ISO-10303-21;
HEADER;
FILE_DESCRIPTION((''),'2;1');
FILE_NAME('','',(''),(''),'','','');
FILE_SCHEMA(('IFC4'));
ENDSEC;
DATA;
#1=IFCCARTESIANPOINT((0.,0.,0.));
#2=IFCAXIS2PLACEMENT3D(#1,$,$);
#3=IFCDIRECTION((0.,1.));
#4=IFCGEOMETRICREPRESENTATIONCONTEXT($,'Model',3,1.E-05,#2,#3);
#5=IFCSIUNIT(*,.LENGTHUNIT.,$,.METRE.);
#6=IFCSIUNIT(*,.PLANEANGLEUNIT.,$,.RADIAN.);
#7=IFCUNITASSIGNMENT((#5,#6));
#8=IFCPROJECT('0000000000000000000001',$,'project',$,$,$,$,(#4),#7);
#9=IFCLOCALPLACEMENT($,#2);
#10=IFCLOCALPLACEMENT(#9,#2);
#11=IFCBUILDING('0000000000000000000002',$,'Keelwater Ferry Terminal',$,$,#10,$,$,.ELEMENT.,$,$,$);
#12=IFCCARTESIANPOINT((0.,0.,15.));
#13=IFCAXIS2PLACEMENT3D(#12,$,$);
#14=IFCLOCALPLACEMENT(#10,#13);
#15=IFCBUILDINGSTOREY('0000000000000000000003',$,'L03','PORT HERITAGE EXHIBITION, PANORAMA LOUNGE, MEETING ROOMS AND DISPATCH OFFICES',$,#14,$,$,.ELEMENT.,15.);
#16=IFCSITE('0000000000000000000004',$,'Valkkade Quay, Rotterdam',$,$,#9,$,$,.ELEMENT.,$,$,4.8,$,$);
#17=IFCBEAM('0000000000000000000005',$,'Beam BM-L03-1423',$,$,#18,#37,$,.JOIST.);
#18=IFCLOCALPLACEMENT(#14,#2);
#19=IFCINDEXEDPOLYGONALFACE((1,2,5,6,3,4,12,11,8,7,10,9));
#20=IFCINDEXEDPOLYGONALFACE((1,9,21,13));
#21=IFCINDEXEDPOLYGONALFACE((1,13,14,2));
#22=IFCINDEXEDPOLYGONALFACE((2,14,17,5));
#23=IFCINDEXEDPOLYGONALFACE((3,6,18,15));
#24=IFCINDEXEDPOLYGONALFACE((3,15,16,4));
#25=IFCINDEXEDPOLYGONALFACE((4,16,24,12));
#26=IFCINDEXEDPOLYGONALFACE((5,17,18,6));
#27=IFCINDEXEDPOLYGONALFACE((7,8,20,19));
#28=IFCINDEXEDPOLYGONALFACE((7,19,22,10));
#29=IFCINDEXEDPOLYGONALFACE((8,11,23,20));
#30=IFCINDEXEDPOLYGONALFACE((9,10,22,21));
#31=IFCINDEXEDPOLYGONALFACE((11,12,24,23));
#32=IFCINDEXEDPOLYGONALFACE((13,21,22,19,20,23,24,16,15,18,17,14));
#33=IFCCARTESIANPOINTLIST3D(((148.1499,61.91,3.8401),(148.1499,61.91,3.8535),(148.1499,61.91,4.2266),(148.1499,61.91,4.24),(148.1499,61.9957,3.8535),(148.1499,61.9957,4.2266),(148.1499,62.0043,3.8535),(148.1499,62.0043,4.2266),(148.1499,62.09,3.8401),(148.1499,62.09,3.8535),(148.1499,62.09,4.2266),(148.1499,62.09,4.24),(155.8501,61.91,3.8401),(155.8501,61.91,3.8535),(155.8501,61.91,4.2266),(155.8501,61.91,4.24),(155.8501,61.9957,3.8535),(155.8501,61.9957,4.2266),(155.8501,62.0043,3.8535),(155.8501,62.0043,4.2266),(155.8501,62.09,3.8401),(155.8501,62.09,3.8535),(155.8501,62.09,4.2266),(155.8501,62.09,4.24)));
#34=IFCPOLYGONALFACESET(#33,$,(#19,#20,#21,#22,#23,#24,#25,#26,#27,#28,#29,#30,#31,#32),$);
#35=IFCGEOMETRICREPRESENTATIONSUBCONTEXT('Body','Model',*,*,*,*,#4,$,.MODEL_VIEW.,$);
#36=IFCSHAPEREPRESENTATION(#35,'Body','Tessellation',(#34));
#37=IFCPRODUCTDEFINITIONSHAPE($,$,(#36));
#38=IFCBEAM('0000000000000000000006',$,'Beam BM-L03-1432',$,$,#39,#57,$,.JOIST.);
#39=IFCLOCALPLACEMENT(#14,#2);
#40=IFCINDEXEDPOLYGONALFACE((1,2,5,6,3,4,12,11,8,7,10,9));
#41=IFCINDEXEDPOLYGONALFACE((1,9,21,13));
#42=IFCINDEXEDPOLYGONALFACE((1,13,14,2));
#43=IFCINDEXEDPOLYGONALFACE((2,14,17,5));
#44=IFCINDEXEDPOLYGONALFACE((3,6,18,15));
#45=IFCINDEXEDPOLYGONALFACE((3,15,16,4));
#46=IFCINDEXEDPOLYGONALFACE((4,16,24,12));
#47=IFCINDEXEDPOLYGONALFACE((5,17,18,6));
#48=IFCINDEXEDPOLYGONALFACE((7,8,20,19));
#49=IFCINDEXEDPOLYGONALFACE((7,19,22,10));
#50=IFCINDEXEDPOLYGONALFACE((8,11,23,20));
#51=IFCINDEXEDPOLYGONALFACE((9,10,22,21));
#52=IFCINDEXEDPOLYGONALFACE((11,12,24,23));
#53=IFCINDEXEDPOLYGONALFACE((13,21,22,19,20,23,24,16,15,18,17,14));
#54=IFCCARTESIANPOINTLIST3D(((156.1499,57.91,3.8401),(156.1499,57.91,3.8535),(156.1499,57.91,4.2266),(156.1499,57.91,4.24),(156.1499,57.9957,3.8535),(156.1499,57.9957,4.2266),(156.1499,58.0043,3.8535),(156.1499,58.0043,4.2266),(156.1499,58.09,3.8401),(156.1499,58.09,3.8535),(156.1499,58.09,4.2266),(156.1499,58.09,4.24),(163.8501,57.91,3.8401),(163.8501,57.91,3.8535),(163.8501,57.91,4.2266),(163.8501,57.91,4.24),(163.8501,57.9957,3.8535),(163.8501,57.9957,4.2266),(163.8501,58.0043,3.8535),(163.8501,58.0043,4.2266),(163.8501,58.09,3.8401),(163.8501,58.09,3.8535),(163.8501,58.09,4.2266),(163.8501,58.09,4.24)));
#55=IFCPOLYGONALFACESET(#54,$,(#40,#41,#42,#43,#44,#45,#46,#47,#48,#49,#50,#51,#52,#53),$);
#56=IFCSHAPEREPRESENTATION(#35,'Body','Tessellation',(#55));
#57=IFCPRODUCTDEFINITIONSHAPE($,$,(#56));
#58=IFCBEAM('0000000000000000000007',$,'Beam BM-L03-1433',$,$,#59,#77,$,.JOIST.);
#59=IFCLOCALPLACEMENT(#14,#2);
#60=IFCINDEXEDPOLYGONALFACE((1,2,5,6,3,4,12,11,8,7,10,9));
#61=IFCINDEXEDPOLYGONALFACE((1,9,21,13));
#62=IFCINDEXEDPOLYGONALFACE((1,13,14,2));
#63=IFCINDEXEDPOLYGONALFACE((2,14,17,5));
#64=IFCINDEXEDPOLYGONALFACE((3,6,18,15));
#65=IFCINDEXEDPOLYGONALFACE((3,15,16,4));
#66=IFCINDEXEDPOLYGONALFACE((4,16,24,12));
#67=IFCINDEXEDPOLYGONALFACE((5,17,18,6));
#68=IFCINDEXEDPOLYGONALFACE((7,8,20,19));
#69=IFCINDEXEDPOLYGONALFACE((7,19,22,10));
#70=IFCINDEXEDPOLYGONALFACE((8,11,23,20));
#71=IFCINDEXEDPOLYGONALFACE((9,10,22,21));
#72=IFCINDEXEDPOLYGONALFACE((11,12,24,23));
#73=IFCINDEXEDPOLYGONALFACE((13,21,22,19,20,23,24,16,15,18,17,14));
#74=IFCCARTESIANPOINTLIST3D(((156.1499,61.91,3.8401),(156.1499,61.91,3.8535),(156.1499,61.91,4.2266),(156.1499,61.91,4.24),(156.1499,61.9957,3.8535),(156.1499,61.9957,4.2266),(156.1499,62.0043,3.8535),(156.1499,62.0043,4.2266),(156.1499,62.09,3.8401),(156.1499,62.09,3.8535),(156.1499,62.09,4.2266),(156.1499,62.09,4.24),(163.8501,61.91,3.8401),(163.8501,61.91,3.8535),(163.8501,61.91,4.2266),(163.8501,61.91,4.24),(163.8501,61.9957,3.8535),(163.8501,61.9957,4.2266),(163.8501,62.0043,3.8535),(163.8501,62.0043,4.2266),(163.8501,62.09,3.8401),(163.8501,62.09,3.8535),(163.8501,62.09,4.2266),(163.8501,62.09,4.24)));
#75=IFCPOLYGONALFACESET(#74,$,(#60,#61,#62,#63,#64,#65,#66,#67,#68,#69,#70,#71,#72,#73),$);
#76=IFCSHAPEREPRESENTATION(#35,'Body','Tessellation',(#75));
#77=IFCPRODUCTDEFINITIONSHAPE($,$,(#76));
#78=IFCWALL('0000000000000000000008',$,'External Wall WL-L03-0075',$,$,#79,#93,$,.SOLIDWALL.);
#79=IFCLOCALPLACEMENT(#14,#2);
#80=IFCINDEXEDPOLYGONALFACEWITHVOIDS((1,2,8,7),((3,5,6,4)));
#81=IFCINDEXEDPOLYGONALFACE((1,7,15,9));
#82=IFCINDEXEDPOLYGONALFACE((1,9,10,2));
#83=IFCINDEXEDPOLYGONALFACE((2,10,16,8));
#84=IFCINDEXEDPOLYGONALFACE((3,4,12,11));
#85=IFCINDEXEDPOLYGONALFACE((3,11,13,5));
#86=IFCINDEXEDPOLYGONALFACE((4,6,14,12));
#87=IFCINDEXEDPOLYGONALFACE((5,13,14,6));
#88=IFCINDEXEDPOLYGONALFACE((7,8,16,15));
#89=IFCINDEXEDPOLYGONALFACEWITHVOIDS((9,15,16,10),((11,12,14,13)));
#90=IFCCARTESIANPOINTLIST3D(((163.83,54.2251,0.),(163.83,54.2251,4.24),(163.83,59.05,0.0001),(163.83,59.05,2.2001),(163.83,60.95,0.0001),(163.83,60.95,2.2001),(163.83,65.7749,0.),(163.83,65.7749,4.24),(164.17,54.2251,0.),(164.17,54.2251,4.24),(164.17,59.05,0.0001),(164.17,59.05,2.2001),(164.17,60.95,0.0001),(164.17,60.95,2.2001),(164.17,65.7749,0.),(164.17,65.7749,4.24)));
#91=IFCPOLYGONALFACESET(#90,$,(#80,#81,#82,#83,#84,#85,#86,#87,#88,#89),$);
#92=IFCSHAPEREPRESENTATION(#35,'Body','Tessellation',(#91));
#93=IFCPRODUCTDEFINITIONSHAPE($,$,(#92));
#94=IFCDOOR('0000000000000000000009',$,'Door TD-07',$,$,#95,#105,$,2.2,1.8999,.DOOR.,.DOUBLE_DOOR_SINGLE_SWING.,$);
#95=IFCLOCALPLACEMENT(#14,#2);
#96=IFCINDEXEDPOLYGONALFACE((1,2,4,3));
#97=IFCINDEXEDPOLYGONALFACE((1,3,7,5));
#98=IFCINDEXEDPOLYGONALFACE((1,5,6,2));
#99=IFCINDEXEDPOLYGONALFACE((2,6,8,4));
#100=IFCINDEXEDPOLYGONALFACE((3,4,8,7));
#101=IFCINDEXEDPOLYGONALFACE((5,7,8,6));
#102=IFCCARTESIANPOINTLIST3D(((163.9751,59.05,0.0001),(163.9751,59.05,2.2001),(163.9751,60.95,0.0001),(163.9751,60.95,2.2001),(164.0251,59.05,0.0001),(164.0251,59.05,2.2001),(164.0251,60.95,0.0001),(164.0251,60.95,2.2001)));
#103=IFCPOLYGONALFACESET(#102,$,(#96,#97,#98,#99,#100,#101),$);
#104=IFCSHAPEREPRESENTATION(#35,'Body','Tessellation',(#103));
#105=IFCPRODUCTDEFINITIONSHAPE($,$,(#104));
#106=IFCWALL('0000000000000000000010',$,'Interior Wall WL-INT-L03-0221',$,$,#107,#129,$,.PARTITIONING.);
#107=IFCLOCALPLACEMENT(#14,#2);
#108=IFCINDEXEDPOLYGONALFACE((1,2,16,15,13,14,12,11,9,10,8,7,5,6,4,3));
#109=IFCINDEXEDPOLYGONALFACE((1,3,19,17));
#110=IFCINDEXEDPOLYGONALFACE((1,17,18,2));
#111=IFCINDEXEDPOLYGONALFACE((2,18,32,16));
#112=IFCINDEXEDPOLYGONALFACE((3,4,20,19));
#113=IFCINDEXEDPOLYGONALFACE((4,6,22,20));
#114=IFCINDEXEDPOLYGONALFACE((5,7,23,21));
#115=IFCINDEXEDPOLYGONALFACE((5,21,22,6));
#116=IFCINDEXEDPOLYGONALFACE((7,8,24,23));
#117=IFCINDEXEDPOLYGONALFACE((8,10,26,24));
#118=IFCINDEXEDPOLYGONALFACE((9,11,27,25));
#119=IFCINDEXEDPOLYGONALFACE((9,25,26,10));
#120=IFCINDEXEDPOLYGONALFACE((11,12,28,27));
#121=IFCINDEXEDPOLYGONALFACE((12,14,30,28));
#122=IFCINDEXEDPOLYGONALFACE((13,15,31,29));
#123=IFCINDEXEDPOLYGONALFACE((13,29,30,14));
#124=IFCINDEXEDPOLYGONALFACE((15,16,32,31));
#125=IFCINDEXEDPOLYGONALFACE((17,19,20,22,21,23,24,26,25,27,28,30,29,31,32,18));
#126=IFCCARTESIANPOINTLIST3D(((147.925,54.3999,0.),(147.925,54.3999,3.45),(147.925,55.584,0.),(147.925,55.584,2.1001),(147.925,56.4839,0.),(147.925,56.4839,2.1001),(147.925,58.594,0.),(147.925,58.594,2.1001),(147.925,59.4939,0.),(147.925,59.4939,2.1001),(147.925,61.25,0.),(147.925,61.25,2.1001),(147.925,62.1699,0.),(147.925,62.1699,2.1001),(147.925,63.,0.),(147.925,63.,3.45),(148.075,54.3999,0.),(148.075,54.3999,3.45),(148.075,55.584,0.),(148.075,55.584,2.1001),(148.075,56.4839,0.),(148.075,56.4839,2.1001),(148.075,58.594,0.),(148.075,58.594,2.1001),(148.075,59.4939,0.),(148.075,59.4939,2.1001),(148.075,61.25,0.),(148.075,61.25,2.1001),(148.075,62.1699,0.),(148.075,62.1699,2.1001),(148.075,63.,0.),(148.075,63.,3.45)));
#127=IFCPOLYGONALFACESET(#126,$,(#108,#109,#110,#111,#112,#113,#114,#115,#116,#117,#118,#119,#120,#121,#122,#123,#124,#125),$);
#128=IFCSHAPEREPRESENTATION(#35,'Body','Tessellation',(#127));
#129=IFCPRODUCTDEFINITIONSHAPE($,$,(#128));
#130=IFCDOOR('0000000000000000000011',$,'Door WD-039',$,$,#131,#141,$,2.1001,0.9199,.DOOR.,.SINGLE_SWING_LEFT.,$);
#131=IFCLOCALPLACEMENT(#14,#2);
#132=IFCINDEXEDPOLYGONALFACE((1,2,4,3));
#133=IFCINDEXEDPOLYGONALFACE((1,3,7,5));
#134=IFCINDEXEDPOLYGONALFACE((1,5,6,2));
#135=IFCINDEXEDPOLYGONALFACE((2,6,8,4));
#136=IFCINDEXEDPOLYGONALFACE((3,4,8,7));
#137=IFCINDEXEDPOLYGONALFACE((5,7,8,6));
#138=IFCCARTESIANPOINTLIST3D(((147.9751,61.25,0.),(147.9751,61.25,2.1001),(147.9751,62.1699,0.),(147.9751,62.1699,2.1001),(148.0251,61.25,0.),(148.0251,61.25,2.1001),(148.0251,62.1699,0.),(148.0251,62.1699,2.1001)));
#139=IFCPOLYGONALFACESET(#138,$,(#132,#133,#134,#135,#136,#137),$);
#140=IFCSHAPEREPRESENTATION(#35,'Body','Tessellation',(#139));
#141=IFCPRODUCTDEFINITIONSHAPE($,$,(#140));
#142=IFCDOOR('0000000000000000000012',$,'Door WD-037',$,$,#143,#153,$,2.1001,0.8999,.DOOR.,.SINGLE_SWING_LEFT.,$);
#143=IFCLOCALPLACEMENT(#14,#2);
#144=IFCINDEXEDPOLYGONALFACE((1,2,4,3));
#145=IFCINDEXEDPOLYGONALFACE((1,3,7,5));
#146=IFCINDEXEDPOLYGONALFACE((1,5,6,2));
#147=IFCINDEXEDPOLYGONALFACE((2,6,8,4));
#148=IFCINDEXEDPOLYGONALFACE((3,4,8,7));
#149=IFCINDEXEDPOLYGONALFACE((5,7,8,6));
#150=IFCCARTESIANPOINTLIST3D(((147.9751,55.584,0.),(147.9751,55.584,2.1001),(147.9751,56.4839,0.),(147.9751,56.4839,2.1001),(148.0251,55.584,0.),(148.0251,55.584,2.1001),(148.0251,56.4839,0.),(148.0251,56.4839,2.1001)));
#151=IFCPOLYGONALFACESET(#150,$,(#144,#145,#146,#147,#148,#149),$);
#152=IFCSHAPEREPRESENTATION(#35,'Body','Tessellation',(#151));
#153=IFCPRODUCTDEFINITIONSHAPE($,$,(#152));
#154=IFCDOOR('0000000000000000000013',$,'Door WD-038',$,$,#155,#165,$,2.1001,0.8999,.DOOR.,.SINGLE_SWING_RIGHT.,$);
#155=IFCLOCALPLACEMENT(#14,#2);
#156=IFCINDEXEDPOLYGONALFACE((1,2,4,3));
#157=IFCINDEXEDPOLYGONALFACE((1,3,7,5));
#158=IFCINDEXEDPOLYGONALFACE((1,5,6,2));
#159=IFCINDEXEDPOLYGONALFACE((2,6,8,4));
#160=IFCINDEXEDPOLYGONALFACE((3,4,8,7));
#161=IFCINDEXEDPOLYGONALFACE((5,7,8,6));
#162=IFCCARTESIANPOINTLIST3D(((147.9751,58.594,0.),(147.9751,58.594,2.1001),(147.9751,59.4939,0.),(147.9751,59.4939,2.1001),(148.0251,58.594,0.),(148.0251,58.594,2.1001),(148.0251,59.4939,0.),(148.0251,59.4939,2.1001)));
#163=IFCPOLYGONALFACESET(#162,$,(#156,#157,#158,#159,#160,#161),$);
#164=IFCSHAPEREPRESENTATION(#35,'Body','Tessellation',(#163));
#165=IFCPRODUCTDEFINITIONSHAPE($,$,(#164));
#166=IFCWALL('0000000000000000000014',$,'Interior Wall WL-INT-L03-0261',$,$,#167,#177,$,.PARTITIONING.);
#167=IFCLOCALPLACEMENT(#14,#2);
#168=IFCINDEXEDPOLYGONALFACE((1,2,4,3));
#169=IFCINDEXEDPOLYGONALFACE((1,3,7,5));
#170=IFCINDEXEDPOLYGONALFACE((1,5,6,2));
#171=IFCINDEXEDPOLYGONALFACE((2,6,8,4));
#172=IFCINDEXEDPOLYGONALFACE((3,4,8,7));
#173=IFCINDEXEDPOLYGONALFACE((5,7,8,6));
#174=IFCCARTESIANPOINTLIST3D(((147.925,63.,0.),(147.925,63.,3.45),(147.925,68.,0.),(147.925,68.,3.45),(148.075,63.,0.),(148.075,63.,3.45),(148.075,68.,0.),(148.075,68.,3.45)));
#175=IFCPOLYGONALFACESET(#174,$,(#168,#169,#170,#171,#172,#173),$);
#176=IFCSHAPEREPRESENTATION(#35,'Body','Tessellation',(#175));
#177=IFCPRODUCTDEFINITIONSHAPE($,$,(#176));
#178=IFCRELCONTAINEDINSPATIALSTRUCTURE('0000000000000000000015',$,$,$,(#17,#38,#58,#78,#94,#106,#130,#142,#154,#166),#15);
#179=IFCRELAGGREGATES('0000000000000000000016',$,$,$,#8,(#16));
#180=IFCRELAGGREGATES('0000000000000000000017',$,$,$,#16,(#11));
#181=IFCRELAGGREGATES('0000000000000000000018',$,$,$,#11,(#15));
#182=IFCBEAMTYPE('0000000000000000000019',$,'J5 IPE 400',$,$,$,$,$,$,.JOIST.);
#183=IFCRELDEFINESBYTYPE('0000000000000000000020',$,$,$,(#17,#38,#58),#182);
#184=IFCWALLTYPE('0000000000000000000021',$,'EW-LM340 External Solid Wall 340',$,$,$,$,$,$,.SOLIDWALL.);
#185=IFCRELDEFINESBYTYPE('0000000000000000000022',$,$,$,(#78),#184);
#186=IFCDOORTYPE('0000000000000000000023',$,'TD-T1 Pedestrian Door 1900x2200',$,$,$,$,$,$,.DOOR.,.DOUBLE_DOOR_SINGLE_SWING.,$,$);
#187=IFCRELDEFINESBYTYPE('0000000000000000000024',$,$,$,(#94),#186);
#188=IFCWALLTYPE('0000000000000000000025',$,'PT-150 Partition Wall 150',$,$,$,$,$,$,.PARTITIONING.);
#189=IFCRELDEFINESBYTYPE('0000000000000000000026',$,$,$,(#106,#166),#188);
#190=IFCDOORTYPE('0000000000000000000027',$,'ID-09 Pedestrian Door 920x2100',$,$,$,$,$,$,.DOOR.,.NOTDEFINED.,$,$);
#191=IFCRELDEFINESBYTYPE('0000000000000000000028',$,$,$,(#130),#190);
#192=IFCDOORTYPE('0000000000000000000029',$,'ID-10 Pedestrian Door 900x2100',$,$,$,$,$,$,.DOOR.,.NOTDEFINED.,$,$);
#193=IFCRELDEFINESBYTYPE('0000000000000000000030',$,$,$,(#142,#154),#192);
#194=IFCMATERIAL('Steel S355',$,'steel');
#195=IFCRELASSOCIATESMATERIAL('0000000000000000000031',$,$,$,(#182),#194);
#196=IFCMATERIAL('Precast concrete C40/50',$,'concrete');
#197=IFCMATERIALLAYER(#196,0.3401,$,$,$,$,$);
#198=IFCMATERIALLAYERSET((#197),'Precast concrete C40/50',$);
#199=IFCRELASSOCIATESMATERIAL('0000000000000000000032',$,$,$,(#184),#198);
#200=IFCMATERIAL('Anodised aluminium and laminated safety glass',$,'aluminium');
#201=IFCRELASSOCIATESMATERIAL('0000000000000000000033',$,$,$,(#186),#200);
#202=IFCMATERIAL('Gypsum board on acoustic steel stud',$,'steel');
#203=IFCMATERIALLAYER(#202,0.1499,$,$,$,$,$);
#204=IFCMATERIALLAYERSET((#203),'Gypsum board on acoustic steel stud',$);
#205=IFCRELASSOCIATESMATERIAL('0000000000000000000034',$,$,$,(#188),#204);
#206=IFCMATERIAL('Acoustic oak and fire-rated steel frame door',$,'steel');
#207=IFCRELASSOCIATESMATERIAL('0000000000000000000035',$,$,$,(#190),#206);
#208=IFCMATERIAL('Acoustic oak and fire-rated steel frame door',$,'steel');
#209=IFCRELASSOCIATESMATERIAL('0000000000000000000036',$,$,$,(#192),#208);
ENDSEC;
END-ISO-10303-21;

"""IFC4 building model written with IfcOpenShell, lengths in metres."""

from ifc_helpers import new_model, si_unit, direction, frame, frame_2d, origin, origin_2d, place, context, subcontext, project, spatial, rectangle, i_section, extrude, material, layer, layer_set, material_profile, profile_set, type_object, element, fill, save


model = new_model("IFC4")

# Units and contexts
model_context = context("Model", 3, precision=1e-05, world=origin(), true_north=direction((0.0, 1.0)))
body_context = subcontext(model_context, "Body", "Model", "MODEL_VIEW")
ifc_project = project(units=[si_unit("LENGTHUNIT", "METRE"), si_unit("PLANEANGLEUNIT", "RADIAN")], contexts=[model_context])

# Site, building, storey
site_placement = place(None, origin())
site = spatial("IfcSite", under=ifc_project, at=site_placement, Name="Valkkade Quay, Rotterdam", CompositionType="ELEMENT", RefElevation=4.8)
building_placement = place(site_placement, origin())
building = spatial("IfcBuilding", under=site, at=building_placement, Name="Keelwater Ferry Terminal", CompositionType="ELEMENT")
storey_placement = place(building_placement, frame((0.0, 0.0, 15.0)))
storey = spatial("IfcBuildingStorey", under=building, at=storey_placement, Name="L03", Description="PORT HERITAGE EXHIBITION, PANORAMA LOUNGE, MEETING ROOMS AND DISPATCH OFFICES", CompositionType="ELEMENT", Elevation=15.0)

# Beams
ifc_material_1 = material(Name="Steel S355", Category="steel")
ifc_material_profile_1 = material_profile(ifc_material_1, i_section(OverallWidth=0.1799, OverallDepth=0.3999, WebThickness=0.0085, FlangeThickness=0.0134, at=origin_2d()), Name="IPE 400")
ifc_profile_set_1 = profile_set([ifc_material_profile_1], Name="Steel S355")
beam_type_1 = type_object("IfcBeamType", Name="J5 IPE 400", PredefinedType="JOIST", material=ifc_profile_set_1)
for number, where, z_axis, x_axis, name in (
    (1, (148.1499, 62.0, 4.04), (1.0, 0.0, 0.0), (0.0, 1.0, 0.0), "Beam BM-L03-1423"),
    (2, (156.1499, 58.0, 4.04), (1.0, 0.0, 0.0), (0.0, 1.0, 0.0), "Beam BM-L03-1432"),
    (3, (156.1499, 62.0, 4.04), (1.0, 0.0, 0.0), (0.0, 1.0, 0.0), "Beam BM-L03-1433"),
):
    element("IfcBeam", number, at=place(storey_placement, frame(where, z_axis=z_axis, x_axis=x_axis)), inside=storey, type_object=beam_type_1, Name=name, PredefinedType="JOIST", context=body_context, shape_type="SweptSolid", body=[
        extrude(i_section(OverallWidth=0.1799, OverallDepth=0.3999, WebThickness=0.0085, FlangeThickness=0.0134, at=origin_2d()), origin(), (0.0, 0.0, 1.0), 7.7002),
    ])

# Wall, opening, door
ifc_material_2 = material(Name="Precast concrete C40/50", Category="concrete")
ifc_layer_1 = layer(ifc_material_2, 0.3401)
ifc_layer_set_1 = layer_set([ifc_layer_1], Name="Precast concrete C40/50")
wall_type_1 = type_object("IfcWallType", Name="EW-LM340 External Solid Wall 340", PredefinedType="SOLIDWALL", material=ifc_layer_set_1)
wall_1_placement = place(storey_placement, frame((164.0, 54.2251, 0.0), z_axis=(0.0, 0.0, 1.0), x_axis=(0.0, 1.0, 0.0)))
wall_1 = element("IfcWall", 4, at=wall_1_placement, inside=storey, type_object=wall_type_1, Name="External Wall WL-L03-0075", PredefinedType="SOLIDWALL", context=body_context, shape_type="SweptSolid", body=[
    extrude(rectangle(XDim=11.5498, YDim=0.3401, at=frame_2d((5.7749, 0.0))), origin(), (0.0, 0.0, 1.0), 4.24),
])
opening_1_placement = place(wall_1_placement, frame((4.825, 0.0, 0.0)))
opening_1 = element("IfcOpeningElement", 5, at=opening_1_placement, cuts=wall_1, PredefinedType="OPENING", context=body_context, shape_type="SweptSolid", body=[
    extrude(rectangle(XDim=1.8999, YDim=2.2, at=frame_2d((0.95, 1.1001))), frame((0.0, 0.1799, 0.0), z_axis=(0.0, -1.0, 0.0), x_axis=(1.0, 0.0, 0.0)), (0.0, 0.0, 1.0), 0.3601),
])
ifc_material_3 = material(Name="Anodised aluminium and laminated safety glass", Category="aluminium")
door_type_1 = type_object("IfcDoorType", Name="TD-T1 Pedestrian Door 1900x2200", OperationType="DOUBLE_DOOR_SINGLE_SWING", PredefinedType="DOOR", material=ifc_material_3)
door_1_placement = place(opening_1_placement, origin())
door_1 = element("IfcDoor", 6, at=door_1_placement, inside=storey, type_object=door_type_1, Name="Door TD-07", OperationType="DOUBLE_DOOR_SINGLE_SWING", OverallHeight=2.2, OverallWidth=1.8999, PredefinedType="DOOR", context=body_context, shape_type="SweptSolid", body=[
    extrude(rectangle(XDim=1.8999, YDim=2.2, at=frame_2d((0.95, 1.1001))), frame((0.0, 0.0249, 0.0), z_axis=(0.0, -1.0, 0.0), x_axis=(1.0, 0.0, 0.0)), (0.0, 0.0, 1.0), 0.05),
])
fill(opening_1, door_1)

# Wall, openings, doors
ifc_material_4 = material(Name="Gypsum board on acoustic steel stud", Category="steel")
ifc_layer_2 = layer(ifc_material_4, 0.1499)
ifc_layer_set_2 = layer_set([ifc_layer_2], Name="Gypsum board on acoustic steel stud")
wall_type_2 = type_object("IfcWallType", Name="PT-150 Partition Wall 150", PredefinedType="PARTITIONING", material=ifc_layer_set_2)
wall_2_placement = place(storey_placement, frame((148.0, 54.3999, 0.0), z_axis=(0.0, 0.0, 1.0), x_axis=(0.0, 1.0, 0.0)))
wall_2 = element("IfcWall", 7, at=wall_2_placement, inside=storey, type_object=wall_type_2, Name="Interior Wall WL-INT-L03-0221", PredefinedType="PARTITIONING", context=body_context, shape_type="SweptSolid", body=[
    extrude(rectangle(XDim=8.6001, YDim=0.1499, at=frame_2d((4.3, 0.0))), origin(), (0.0, 0.0, 1.0), 3.45),
])
opening_2_placement = place(wall_2_placement, frame((1.1841, 0.0, 0.0)))
opening_2 = element("IfcOpeningElement", 8, at=opening_2_placement, cuts=wall_2, PredefinedType="OPENING", context=body_context, shape_type="SweptSolid", body=[
    extrude(rectangle(XDim=0.8999, YDim=2.1001, at=frame_2d((0.45, 1.05))), frame((0.0, 0.085, 0.0), z_axis=(0.0, -1.0, 0.0), x_axis=(1.0, 0.0, 0.0)), (0.0, 0.0, 1.0), 0.1699),
])
opening_3_placement = place(wall_2_placement, frame((4.1941, 0.0, 0.0)))
opening_3 = element("IfcOpeningElement", 9, at=opening_3_placement, cuts=wall_2, PredefinedType="OPENING", context=body_context, shape_type="SweptSolid", body=[
    extrude(rectangle(XDim=0.8999, YDim=2.1001, at=frame_2d((0.45, 1.05))), frame((0.0, 0.085, 0.0), z_axis=(0.0, -1.0, 0.0), x_axis=(1.0, 0.0, 0.0)), (0.0, 0.0, 1.0), 0.1699),
])
opening_4_placement = place(wall_2_placement, frame((6.8501, 0.0, 0.0)))
opening_4 = element("IfcOpeningElement", 10, at=opening_4_placement, cuts=wall_2, PredefinedType="OPENING", context=body_context, shape_type="SweptSolid", body=[
    extrude(rectangle(XDim=0.9199, YDim=2.1001, at=frame_2d((0.46, 1.05))), frame((0.0, 0.085, 0.0), z_axis=(0.0, -1.0, 0.0), x_axis=(1.0, 0.0, 0.0)), (0.0, 0.0, 1.0), 0.1699),
])
ifc_material_5 = material(Name="Acoustic oak and fire-rated steel frame door", Category="steel")
door_type_2 = type_object("IfcDoorType", Name="ID-09 Pedestrian Door 920x2100", OperationType="NOTDEFINED", PredefinedType="DOOR", material=ifc_material_5)
door_2_placement = place(opening_4_placement, origin())
door_2 = element("IfcDoor", 11, at=door_2_placement, inside=storey, type_object=door_type_2, Name="Door WD-039", OperationType="SINGLE_SWING_LEFT", OverallHeight=2.1001, OverallWidth=0.9199, PredefinedType="DOOR", context=body_context, shape_type="SweptSolid", body=[
    extrude(rectangle(XDim=0.9199, YDim=2.1001, at=frame_2d((0.46, 1.05))), frame((0.0, 0.0249, 0.0), z_axis=(0.0, -1.0, 0.0), x_axis=(1.0, 0.0, 0.0)), (0.0, 0.0, 1.0), 0.05),
])
fill(opening_4, door_2)
ifc_material_6 = material(Name="Acoustic oak and fire-rated steel frame door", Category="steel")
door_type_3 = type_object("IfcDoorType", Name="ID-10 Pedestrian Door 900x2100", OperationType="NOTDEFINED", PredefinedType="DOOR", material=ifc_material_6)
door_3_placement = place(opening_2_placement, origin())
door_3 = element("IfcDoor", 12, at=door_3_placement, inside=storey, type_object=door_type_3, Name="Door WD-037", OperationType="SINGLE_SWING_LEFT", OverallHeight=2.1001, OverallWidth=0.8999, PredefinedType="DOOR", context=body_context, shape_type="SweptSolid", body=[
    extrude(rectangle(XDim=0.8999, YDim=2.1001, at=frame_2d((0.45, 1.05))), frame((0.0, 0.0249, 0.0), z_axis=(0.0, -1.0, 0.0), x_axis=(1.0, 0.0, 0.0)), (0.0, 0.0, 1.0), 0.05),
])
fill(opening_2, door_3)
door_4_placement = place(opening_3_placement, origin())
door_4 = element("IfcDoor", 13, at=door_4_placement, inside=storey, type_object=door_type_3, Name="Door WD-038", OperationType="SINGLE_SWING_RIGHT", OverallHeight=2.1001, OverallWidth=0.8999, PredefinedType="DOOR", context=body_context, shape_type="SweptSolid", body=[
    extrude(rectangle(XDim=0.8999, YDim=2.1001, at=frame_2d((0.45, 1.05))), frame((0.0, 0.0249, 0.0), z_axis=(0.0, -1.0, 0.0), x_axis=(1.0, 0.0, 0.0)), (0.0, 0.0, 1.0), 0.05),
])
fill(opening_3, door_4)

# Wall
wall_3_placement = place(storey_placement, frame((148.0, 63.0, 0.0), z_axis=(0.0, 0.0, 1.0), x_axis=(0.0, 1.0, 0.0)))
element("IfcWall", 14, at=wall_3_placement, inside=storey, type_object=wall_type_2, Name="Interior Wall WL-INT-L03-0261", PredefinedType="PARTITIONING", context=body_context, shape_type="SweptSolid", body=[
    extrude(rectangle(XDim=5.0, YDim=0.1499, at=frame_2d((2.5, 0.0))), origin(), (0.0, 0.0, 1.0), 3.45),
])

save(model, "model.ifc")
